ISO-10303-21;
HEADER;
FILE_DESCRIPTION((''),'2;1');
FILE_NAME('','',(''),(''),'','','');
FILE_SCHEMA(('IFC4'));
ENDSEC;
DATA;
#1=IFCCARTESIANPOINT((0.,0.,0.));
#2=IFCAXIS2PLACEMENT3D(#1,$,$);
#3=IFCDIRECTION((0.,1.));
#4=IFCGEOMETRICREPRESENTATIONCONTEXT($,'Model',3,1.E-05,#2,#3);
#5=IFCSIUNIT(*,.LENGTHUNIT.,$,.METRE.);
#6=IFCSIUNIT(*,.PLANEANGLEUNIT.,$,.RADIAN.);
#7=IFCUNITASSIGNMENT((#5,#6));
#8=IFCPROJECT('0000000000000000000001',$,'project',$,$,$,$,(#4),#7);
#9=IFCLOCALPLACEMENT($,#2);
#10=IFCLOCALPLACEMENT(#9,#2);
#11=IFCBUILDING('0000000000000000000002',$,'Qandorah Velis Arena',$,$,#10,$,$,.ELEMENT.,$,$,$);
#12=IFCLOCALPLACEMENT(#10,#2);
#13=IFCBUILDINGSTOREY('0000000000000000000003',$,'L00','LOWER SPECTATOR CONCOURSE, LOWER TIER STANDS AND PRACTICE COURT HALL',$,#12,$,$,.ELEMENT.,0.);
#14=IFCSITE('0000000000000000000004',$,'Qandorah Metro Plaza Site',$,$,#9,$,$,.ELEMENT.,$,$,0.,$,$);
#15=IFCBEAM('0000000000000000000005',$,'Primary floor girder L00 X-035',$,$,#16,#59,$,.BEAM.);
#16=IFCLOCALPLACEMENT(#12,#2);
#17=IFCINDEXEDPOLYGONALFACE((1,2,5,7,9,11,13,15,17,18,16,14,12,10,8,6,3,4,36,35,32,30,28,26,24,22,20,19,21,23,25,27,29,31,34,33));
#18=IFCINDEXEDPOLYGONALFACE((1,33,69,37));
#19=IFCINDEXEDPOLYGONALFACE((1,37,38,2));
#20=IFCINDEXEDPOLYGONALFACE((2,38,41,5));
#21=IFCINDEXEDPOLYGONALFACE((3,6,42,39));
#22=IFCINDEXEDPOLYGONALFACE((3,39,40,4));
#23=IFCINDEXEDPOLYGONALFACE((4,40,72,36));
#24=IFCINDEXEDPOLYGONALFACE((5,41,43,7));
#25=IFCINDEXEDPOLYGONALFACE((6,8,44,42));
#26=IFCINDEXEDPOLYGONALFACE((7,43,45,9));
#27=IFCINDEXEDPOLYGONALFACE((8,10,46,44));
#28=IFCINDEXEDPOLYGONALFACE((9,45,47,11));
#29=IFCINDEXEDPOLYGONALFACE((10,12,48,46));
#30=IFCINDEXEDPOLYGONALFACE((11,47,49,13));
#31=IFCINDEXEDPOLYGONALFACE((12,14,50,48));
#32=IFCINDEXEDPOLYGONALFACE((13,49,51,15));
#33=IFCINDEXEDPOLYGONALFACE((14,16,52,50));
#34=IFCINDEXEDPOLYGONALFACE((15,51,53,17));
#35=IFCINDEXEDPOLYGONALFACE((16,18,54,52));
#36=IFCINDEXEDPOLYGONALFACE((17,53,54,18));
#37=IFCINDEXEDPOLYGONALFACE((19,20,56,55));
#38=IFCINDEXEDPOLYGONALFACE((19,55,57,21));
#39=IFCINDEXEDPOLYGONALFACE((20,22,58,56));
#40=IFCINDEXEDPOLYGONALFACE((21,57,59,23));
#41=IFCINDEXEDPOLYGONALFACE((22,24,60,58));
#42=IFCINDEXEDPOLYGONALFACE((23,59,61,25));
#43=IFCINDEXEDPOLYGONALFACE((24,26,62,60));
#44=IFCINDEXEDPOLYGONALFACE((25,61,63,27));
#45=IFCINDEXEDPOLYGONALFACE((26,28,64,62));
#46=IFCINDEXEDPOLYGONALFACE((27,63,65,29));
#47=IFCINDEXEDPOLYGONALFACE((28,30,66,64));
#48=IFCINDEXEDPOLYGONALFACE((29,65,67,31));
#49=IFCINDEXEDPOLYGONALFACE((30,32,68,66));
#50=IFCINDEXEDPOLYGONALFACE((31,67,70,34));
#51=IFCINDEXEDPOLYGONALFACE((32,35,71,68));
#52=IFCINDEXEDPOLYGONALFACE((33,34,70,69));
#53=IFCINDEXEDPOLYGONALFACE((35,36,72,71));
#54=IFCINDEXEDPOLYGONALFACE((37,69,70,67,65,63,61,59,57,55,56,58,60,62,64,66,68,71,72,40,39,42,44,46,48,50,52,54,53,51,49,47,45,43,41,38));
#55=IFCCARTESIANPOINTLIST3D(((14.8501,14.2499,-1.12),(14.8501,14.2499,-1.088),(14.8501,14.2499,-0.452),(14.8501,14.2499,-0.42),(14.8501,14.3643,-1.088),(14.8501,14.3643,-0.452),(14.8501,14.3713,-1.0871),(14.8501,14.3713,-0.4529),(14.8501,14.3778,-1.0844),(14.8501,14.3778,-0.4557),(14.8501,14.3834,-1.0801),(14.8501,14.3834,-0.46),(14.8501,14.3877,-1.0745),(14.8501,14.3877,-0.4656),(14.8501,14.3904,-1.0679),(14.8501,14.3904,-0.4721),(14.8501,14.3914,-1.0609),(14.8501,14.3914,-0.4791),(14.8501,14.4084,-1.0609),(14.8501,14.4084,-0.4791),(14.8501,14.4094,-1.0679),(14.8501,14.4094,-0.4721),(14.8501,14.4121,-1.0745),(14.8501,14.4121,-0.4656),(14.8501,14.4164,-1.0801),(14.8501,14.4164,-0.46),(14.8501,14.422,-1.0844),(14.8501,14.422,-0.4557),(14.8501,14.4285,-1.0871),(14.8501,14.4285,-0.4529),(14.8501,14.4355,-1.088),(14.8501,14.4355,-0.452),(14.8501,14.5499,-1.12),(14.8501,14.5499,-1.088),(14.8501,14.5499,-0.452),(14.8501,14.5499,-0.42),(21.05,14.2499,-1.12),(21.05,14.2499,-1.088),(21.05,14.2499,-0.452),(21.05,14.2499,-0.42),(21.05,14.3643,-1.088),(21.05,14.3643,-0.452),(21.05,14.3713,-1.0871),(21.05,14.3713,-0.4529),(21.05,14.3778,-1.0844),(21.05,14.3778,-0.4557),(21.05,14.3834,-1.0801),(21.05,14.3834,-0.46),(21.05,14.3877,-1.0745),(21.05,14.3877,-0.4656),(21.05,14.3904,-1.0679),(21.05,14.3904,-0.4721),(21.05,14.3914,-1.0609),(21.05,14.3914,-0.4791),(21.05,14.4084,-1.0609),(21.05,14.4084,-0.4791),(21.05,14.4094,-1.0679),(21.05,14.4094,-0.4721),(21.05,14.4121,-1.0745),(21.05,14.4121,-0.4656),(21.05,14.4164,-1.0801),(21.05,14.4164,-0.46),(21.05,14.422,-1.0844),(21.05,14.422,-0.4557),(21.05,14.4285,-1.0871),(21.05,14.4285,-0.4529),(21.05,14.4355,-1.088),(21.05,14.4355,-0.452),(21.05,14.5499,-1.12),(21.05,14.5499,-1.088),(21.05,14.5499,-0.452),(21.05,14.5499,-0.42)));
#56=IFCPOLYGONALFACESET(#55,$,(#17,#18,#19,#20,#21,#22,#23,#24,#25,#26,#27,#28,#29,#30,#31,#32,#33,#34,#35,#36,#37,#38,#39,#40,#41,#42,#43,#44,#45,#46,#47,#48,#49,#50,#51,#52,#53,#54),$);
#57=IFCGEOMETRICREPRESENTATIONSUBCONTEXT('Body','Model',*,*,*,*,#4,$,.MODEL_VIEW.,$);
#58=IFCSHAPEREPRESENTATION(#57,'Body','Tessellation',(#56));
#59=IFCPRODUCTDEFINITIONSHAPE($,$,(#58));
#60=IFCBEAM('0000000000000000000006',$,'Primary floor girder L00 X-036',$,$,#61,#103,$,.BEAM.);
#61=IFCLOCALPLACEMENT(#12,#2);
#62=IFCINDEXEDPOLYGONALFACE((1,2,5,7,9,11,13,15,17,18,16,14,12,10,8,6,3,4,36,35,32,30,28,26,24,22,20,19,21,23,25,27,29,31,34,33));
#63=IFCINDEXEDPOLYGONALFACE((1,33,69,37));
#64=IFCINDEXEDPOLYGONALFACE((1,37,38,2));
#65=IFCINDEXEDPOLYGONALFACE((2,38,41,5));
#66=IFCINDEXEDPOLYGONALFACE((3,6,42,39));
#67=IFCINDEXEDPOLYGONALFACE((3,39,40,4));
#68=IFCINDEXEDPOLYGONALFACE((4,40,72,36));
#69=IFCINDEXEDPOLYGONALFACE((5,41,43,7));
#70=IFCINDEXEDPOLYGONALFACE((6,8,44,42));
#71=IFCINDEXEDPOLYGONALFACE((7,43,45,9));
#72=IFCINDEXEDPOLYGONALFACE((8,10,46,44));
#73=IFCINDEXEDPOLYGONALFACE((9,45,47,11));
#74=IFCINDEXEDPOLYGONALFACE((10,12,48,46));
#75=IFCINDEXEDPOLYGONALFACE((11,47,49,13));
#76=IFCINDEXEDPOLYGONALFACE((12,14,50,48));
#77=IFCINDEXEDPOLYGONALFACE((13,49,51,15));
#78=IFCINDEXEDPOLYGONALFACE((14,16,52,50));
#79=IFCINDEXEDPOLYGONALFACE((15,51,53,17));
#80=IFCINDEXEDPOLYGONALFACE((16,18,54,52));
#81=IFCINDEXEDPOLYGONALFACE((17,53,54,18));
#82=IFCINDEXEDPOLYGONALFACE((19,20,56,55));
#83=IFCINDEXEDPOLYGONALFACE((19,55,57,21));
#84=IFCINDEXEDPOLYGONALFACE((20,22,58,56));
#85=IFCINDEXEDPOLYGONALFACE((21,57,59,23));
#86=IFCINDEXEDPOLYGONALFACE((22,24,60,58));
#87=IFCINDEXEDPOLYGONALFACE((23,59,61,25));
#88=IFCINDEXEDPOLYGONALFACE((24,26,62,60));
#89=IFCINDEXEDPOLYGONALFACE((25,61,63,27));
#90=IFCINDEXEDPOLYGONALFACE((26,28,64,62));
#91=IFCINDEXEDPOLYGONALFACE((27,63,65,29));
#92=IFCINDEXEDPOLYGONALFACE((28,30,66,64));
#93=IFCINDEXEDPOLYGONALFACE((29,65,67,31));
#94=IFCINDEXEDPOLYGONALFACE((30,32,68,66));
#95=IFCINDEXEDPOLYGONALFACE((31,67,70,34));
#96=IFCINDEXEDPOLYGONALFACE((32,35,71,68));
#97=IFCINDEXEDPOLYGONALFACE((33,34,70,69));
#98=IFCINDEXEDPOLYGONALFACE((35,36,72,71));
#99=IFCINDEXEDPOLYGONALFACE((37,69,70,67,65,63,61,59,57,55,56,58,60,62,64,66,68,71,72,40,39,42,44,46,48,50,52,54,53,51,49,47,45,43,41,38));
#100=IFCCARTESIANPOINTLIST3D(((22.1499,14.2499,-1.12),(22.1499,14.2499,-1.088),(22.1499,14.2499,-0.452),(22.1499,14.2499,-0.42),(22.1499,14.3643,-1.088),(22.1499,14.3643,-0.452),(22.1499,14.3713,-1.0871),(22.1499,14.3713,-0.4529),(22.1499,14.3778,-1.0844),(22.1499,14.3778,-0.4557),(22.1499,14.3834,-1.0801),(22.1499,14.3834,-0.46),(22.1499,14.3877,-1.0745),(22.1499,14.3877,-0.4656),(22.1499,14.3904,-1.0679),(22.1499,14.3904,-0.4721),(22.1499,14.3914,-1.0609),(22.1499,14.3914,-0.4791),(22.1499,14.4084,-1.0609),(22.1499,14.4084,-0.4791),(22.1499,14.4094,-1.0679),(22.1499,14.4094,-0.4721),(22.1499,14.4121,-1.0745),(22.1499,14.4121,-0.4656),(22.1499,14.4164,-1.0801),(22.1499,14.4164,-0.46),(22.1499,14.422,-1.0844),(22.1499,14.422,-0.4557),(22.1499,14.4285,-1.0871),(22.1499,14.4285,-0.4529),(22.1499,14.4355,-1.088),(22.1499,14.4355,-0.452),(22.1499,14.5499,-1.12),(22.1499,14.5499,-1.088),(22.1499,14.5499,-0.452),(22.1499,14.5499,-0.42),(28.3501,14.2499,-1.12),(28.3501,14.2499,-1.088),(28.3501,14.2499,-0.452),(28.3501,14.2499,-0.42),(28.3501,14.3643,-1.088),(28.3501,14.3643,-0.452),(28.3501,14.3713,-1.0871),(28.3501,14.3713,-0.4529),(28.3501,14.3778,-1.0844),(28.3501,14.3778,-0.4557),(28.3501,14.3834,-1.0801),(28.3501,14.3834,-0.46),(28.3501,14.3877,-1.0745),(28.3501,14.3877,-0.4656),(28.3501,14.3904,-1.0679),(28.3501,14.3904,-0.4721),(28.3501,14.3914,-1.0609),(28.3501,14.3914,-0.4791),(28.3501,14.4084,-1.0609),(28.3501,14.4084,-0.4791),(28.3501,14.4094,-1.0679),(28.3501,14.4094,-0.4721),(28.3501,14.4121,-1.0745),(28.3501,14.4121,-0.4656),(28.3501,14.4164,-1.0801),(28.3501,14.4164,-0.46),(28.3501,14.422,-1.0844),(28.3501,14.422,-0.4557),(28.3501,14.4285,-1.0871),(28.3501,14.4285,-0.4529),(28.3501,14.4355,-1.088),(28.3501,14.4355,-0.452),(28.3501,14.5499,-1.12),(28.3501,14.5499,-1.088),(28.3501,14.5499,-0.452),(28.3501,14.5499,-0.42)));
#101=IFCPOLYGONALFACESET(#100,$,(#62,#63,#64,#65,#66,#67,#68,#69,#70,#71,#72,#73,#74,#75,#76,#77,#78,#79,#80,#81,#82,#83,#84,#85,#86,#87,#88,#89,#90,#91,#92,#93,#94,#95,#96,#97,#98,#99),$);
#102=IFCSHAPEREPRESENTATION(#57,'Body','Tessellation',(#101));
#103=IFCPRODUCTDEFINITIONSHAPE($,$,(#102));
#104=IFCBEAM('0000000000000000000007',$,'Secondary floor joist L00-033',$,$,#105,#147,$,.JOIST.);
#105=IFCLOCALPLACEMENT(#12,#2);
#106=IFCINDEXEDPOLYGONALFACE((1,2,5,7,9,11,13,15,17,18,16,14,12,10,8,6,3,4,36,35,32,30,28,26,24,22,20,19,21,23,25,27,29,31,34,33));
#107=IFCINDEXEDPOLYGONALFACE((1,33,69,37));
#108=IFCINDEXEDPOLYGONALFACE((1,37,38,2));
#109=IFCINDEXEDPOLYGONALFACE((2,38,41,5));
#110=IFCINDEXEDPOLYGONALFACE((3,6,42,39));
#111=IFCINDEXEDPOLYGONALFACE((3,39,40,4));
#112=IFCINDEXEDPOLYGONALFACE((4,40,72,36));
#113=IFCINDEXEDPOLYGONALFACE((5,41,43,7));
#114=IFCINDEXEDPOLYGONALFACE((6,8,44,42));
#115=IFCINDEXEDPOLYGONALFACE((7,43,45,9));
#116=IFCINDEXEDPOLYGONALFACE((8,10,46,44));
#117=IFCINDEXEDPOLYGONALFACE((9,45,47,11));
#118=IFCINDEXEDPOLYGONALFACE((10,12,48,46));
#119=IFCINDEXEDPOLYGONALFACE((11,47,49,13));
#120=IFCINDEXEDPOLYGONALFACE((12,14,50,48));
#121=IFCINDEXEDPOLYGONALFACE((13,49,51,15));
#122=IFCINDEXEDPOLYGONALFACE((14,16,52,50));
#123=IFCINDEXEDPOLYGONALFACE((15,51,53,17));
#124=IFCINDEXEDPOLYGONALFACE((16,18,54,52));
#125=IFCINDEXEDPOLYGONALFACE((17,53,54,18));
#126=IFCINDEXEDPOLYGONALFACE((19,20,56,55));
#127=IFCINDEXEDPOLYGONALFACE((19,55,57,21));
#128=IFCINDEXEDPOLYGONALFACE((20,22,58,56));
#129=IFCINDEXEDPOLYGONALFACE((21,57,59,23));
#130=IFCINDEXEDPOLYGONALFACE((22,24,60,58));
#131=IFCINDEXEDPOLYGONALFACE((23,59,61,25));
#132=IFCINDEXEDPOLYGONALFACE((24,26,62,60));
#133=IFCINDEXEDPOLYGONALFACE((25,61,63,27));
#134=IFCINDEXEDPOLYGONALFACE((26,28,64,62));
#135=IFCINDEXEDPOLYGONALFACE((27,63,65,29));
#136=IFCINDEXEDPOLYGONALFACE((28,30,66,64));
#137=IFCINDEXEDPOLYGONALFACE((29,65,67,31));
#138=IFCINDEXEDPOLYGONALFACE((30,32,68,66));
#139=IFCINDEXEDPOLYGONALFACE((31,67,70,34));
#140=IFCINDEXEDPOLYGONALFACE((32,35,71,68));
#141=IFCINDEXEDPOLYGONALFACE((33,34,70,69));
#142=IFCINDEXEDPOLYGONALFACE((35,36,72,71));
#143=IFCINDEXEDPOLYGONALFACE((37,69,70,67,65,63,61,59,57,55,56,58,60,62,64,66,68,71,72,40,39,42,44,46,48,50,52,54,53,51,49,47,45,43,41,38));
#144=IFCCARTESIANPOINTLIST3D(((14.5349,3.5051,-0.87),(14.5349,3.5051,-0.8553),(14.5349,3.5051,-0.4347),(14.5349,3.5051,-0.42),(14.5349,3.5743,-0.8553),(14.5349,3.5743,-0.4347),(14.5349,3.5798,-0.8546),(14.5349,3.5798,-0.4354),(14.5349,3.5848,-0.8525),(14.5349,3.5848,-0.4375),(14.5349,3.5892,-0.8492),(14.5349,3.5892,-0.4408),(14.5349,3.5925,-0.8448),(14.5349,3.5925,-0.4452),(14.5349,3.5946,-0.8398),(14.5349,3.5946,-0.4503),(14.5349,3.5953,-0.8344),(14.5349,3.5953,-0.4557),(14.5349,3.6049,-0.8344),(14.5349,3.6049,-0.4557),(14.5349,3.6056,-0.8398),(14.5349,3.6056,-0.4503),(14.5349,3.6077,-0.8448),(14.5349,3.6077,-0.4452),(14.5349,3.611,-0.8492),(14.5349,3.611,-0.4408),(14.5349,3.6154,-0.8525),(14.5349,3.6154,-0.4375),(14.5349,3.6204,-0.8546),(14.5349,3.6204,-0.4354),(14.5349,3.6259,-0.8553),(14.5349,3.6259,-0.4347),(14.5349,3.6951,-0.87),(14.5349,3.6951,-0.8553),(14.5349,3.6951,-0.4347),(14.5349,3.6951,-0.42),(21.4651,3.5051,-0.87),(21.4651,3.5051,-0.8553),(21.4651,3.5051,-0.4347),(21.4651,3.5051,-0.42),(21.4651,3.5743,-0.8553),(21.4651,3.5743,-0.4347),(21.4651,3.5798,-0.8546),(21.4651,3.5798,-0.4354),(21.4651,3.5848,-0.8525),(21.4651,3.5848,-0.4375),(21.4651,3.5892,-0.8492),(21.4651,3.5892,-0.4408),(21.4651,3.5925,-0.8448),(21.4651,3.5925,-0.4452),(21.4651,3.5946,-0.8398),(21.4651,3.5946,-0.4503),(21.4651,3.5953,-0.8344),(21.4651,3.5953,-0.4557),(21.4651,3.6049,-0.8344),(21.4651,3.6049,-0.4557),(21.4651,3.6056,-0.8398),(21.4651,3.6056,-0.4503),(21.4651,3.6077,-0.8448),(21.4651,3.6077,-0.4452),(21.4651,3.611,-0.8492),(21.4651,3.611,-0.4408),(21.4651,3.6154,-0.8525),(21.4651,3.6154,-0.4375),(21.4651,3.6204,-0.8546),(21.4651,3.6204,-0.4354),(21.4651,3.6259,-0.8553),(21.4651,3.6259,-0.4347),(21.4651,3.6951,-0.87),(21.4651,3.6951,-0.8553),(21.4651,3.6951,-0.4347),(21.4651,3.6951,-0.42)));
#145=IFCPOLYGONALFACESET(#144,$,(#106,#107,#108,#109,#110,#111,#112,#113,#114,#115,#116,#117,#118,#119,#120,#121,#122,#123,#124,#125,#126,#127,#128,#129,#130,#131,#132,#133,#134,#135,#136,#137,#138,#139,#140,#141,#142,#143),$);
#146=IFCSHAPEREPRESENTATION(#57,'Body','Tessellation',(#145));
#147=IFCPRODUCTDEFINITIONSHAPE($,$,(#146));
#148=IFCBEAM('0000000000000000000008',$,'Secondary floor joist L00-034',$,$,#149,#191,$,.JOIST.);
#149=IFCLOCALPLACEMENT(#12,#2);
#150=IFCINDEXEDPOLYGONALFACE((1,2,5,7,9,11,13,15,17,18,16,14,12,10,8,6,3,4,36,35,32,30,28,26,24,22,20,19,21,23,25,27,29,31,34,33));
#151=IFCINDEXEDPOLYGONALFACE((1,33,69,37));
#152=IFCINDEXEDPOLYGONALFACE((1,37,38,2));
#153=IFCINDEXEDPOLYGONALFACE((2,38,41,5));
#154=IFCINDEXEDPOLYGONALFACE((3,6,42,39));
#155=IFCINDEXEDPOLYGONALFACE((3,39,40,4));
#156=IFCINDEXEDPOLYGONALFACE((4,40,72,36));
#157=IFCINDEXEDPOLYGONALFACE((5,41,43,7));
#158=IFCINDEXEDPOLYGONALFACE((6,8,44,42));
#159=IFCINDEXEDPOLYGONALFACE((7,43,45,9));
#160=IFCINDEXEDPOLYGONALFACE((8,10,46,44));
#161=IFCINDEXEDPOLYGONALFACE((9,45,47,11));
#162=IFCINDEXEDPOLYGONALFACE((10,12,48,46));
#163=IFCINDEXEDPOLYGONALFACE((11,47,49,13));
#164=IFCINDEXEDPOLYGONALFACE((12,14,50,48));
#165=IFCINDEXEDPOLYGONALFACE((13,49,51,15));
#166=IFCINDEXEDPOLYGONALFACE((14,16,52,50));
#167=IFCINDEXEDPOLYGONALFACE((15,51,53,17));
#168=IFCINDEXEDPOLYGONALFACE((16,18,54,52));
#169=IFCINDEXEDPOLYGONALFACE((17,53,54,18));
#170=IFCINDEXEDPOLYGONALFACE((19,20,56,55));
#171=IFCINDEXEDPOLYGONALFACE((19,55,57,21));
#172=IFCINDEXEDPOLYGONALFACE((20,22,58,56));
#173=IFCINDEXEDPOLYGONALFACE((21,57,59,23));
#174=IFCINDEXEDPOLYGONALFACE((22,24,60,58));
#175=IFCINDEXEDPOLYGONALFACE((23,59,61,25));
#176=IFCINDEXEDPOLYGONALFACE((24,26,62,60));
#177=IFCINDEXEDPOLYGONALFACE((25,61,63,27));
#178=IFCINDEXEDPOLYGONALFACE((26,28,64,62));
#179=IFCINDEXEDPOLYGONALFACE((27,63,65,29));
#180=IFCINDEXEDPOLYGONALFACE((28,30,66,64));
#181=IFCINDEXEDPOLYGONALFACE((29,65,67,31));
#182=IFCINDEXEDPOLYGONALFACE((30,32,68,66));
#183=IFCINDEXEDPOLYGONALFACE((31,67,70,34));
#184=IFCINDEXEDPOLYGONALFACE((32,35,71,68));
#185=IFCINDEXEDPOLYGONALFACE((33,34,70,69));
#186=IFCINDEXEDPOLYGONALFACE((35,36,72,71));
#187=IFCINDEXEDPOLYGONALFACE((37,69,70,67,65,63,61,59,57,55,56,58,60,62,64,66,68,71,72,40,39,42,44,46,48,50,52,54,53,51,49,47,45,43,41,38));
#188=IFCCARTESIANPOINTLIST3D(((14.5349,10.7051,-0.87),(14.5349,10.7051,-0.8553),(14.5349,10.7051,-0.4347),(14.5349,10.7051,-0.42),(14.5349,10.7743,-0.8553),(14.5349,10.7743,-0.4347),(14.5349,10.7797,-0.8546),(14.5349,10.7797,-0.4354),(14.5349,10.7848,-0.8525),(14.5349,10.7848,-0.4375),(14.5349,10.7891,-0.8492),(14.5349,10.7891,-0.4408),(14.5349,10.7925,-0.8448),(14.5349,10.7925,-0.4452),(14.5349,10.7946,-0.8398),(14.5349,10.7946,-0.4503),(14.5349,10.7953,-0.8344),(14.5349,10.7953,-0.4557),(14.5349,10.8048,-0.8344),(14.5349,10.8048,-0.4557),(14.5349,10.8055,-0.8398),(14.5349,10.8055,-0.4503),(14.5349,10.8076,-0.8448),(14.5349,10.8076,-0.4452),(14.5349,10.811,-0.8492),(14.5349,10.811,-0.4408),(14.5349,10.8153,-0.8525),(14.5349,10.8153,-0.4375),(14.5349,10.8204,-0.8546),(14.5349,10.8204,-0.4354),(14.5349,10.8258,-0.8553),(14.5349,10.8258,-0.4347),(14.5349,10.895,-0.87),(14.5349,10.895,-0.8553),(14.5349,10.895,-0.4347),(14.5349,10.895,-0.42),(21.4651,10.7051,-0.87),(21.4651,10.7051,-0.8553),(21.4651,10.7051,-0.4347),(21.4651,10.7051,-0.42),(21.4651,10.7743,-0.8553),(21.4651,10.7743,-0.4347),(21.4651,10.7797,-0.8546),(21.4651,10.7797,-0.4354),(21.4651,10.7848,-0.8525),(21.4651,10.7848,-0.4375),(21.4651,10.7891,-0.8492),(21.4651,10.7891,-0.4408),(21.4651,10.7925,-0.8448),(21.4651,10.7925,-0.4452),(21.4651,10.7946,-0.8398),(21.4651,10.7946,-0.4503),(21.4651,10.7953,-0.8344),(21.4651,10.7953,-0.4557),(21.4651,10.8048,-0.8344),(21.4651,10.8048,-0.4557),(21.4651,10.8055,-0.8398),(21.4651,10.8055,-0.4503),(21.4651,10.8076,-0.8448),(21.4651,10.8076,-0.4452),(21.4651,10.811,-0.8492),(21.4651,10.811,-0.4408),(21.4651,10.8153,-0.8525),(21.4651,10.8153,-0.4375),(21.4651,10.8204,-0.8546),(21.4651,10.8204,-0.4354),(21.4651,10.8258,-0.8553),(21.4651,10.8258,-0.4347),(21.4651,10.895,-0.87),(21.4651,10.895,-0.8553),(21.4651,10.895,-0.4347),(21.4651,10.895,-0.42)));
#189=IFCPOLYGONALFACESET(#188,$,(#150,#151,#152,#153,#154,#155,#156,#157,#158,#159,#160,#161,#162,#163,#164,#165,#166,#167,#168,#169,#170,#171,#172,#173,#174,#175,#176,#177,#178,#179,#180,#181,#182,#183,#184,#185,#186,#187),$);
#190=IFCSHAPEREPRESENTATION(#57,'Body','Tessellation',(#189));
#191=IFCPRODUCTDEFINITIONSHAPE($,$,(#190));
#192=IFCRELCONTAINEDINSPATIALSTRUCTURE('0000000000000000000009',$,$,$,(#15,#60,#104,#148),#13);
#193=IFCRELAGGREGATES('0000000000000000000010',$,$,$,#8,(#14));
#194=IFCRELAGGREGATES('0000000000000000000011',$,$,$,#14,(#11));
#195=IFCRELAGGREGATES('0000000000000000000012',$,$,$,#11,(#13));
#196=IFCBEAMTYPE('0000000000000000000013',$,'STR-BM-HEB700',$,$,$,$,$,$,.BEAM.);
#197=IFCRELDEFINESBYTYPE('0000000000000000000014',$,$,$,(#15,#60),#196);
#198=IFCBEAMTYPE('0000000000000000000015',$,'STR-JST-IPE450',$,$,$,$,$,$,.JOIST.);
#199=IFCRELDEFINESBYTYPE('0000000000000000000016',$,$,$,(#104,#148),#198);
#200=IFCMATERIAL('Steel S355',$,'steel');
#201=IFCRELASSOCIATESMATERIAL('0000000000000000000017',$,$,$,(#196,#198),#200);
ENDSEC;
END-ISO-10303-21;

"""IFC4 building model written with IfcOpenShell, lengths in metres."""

from ifc_helpers import new_model, si_unit, direction, frame, origin, origin_2d, place, context, subcontext, project, spatial, i_section, extrude, material, material_profile, profile_set, type_object, element, save


model = new_model("IFC4")

# Units and contexts
model_context = context("Model", 3, precision=1e-05, world=origin(), true_north=direction((0.0, 1.0)))
body_context = subcontext(model_context, "Body", "Model", "MODEL_VIEW")
ifc_project = project(units=[si_unit("LENGTHUNIT", "METRE"), si_unit("PLANEANGLEUNIT", "RADIAN")], contexts=[model_context])

# Site, building, storey
site_placement = place(None, origin())
site = spatial("IfcSite", under=ifc_project, at=site_placement, Name="Qandorah Metro Plaza Site", CompositionType="ELEMENT", RefElevation=0.0)
building_placement = place(site_placement, origin())
building = spatial("IfcBuilding", under=site, at=building_placement, Name="Qandorah Velis Arena", CompositionType="ELEMENT")
storey_placement = place(building_placement, origin())
storey = spatial("IfcBuildingStorey", under=building, at=storey_placement, Name="L00", Description="LOWER SPECTATOR CONCOURSE, LOWER TIER STANDS AND PRACTICE COURT HALL", CompositionType="ELEMENT", Elevation=0.0)

# Beams
ifc_material_1 = material(Name="Steel S355", Category="steel")
ifc_material_profile_1 = material_profile(ifc_material_1, i_section(OverallWidth=0.3, OverallDepth=0.7, WebThickness=0.0171, FlangeThickness=0.032, FilletRadius=0.0271, at=origin_2d()), Name="HEB 700")
ifc_profile_set_1 = profile_set([ifc_material_profile_1], Name="Steel S355")
beam_type_1 = type_object("IfcBeamType", Name="STR-BM-HEB700", PredefinedType="BEAM", material=ifc_profile_set_1)
for number, where, z_axis, x_axis, name in (
    (1, (14.8501, 14.3999, -0.77), (1.0, 0.0, 0.0), (0.0, 1.0, 0.0), "Primary floor girder L00 X-035"),
):
    element("IfcBeam", number, at=place(storey_placement, frame(where, z_axis=z_axis, x_axis=x_axis)), inside=storey, type_object=beam_type_1, Name=name, PredefinedType="BEAM", context=body_context, shape_type="SweptSolid", body=[
        extrude(i_section(OverallWidth=0.3, OverallDepth=0.7, WebThickness=0.0171, FlangeThickness=0.032, FilletRadius=0.0271, at=origin_2d()), origin(), (0.0, 0.0, 1.0), 6.2),
    ])
beam_1_placement = place(storey_placement, frame((22.1499, 14.3999, -0.77), z_axis=(1.0, 0.0, 0.0), x_axis=(0.0, 1.0, 0.0)))
element("IfcBeam", 2, at=beam_1_placement, inside=storey, type_object=beam_type_1, Name="Primary floor girder L00 X-036", PredefinedType="BEAM", context=body_context, shape_type="SweptSolid", body=[
    extrude(i_section(OverallWidth=0.3, OverallDepth=0.7, WebThickness=0.0171, FlangeThickness=0.032, FilletRadius=0.0271, at=origin_2d()), origin(), (0.0, 0.0, 1.0), 6.2002),
])
ifc_material_profile_2 = material_profile(ifc_material_1, i_section(OverallWidth=0.1899, OverallDepth=0.45, WebThickness=0.0095, FlangeThickness=0.0146, FilletRadius=0.021, at=origin_2d()), Name="IPE 450")
ifc_profile_set_2 = profile_set([ifc_material_profile_2], Name="Steel S355")
beam_type_2 = type_object("IfcBeamType", Name="STR-JST-IPE450", PredefinedType="JOIST", material=ifc_profile_set_2)
for number, where, z_axis, x_axis, name in (
    (3, (14.5349, 3.6001, -0.645), (1.0, 0.0, 0.0), (0.0, 1.0, 0.0), "Secondary floor joist L00-033"),
    (4, (14.5349, 10.8, -0.645), (1.0, 0.0, 0.0), (0.0, 1.0, 0.0), "Secondary floor joist L00-034"),
):
    element("IfcBeam", number, at=place(storey_placement, frame(where, z_axis=z_axis, x_axis=x_axis)), inside=storey, type_object=beam_type_2, Name=name, PredefinedType="JOIST", context=body_context, shape_type="SweptSolid", body=[
        extrude(i_section(OverallWidth=0.1899, OverallDepth=0.45, WebThickness=0.0095, FlangeThickness=0.0146, FilletRadius=0.021, at=origin_2d()), origin(), (0.0, 0.0, 1.0), 6.9302),
    ])

save(model, "model.ifc")
